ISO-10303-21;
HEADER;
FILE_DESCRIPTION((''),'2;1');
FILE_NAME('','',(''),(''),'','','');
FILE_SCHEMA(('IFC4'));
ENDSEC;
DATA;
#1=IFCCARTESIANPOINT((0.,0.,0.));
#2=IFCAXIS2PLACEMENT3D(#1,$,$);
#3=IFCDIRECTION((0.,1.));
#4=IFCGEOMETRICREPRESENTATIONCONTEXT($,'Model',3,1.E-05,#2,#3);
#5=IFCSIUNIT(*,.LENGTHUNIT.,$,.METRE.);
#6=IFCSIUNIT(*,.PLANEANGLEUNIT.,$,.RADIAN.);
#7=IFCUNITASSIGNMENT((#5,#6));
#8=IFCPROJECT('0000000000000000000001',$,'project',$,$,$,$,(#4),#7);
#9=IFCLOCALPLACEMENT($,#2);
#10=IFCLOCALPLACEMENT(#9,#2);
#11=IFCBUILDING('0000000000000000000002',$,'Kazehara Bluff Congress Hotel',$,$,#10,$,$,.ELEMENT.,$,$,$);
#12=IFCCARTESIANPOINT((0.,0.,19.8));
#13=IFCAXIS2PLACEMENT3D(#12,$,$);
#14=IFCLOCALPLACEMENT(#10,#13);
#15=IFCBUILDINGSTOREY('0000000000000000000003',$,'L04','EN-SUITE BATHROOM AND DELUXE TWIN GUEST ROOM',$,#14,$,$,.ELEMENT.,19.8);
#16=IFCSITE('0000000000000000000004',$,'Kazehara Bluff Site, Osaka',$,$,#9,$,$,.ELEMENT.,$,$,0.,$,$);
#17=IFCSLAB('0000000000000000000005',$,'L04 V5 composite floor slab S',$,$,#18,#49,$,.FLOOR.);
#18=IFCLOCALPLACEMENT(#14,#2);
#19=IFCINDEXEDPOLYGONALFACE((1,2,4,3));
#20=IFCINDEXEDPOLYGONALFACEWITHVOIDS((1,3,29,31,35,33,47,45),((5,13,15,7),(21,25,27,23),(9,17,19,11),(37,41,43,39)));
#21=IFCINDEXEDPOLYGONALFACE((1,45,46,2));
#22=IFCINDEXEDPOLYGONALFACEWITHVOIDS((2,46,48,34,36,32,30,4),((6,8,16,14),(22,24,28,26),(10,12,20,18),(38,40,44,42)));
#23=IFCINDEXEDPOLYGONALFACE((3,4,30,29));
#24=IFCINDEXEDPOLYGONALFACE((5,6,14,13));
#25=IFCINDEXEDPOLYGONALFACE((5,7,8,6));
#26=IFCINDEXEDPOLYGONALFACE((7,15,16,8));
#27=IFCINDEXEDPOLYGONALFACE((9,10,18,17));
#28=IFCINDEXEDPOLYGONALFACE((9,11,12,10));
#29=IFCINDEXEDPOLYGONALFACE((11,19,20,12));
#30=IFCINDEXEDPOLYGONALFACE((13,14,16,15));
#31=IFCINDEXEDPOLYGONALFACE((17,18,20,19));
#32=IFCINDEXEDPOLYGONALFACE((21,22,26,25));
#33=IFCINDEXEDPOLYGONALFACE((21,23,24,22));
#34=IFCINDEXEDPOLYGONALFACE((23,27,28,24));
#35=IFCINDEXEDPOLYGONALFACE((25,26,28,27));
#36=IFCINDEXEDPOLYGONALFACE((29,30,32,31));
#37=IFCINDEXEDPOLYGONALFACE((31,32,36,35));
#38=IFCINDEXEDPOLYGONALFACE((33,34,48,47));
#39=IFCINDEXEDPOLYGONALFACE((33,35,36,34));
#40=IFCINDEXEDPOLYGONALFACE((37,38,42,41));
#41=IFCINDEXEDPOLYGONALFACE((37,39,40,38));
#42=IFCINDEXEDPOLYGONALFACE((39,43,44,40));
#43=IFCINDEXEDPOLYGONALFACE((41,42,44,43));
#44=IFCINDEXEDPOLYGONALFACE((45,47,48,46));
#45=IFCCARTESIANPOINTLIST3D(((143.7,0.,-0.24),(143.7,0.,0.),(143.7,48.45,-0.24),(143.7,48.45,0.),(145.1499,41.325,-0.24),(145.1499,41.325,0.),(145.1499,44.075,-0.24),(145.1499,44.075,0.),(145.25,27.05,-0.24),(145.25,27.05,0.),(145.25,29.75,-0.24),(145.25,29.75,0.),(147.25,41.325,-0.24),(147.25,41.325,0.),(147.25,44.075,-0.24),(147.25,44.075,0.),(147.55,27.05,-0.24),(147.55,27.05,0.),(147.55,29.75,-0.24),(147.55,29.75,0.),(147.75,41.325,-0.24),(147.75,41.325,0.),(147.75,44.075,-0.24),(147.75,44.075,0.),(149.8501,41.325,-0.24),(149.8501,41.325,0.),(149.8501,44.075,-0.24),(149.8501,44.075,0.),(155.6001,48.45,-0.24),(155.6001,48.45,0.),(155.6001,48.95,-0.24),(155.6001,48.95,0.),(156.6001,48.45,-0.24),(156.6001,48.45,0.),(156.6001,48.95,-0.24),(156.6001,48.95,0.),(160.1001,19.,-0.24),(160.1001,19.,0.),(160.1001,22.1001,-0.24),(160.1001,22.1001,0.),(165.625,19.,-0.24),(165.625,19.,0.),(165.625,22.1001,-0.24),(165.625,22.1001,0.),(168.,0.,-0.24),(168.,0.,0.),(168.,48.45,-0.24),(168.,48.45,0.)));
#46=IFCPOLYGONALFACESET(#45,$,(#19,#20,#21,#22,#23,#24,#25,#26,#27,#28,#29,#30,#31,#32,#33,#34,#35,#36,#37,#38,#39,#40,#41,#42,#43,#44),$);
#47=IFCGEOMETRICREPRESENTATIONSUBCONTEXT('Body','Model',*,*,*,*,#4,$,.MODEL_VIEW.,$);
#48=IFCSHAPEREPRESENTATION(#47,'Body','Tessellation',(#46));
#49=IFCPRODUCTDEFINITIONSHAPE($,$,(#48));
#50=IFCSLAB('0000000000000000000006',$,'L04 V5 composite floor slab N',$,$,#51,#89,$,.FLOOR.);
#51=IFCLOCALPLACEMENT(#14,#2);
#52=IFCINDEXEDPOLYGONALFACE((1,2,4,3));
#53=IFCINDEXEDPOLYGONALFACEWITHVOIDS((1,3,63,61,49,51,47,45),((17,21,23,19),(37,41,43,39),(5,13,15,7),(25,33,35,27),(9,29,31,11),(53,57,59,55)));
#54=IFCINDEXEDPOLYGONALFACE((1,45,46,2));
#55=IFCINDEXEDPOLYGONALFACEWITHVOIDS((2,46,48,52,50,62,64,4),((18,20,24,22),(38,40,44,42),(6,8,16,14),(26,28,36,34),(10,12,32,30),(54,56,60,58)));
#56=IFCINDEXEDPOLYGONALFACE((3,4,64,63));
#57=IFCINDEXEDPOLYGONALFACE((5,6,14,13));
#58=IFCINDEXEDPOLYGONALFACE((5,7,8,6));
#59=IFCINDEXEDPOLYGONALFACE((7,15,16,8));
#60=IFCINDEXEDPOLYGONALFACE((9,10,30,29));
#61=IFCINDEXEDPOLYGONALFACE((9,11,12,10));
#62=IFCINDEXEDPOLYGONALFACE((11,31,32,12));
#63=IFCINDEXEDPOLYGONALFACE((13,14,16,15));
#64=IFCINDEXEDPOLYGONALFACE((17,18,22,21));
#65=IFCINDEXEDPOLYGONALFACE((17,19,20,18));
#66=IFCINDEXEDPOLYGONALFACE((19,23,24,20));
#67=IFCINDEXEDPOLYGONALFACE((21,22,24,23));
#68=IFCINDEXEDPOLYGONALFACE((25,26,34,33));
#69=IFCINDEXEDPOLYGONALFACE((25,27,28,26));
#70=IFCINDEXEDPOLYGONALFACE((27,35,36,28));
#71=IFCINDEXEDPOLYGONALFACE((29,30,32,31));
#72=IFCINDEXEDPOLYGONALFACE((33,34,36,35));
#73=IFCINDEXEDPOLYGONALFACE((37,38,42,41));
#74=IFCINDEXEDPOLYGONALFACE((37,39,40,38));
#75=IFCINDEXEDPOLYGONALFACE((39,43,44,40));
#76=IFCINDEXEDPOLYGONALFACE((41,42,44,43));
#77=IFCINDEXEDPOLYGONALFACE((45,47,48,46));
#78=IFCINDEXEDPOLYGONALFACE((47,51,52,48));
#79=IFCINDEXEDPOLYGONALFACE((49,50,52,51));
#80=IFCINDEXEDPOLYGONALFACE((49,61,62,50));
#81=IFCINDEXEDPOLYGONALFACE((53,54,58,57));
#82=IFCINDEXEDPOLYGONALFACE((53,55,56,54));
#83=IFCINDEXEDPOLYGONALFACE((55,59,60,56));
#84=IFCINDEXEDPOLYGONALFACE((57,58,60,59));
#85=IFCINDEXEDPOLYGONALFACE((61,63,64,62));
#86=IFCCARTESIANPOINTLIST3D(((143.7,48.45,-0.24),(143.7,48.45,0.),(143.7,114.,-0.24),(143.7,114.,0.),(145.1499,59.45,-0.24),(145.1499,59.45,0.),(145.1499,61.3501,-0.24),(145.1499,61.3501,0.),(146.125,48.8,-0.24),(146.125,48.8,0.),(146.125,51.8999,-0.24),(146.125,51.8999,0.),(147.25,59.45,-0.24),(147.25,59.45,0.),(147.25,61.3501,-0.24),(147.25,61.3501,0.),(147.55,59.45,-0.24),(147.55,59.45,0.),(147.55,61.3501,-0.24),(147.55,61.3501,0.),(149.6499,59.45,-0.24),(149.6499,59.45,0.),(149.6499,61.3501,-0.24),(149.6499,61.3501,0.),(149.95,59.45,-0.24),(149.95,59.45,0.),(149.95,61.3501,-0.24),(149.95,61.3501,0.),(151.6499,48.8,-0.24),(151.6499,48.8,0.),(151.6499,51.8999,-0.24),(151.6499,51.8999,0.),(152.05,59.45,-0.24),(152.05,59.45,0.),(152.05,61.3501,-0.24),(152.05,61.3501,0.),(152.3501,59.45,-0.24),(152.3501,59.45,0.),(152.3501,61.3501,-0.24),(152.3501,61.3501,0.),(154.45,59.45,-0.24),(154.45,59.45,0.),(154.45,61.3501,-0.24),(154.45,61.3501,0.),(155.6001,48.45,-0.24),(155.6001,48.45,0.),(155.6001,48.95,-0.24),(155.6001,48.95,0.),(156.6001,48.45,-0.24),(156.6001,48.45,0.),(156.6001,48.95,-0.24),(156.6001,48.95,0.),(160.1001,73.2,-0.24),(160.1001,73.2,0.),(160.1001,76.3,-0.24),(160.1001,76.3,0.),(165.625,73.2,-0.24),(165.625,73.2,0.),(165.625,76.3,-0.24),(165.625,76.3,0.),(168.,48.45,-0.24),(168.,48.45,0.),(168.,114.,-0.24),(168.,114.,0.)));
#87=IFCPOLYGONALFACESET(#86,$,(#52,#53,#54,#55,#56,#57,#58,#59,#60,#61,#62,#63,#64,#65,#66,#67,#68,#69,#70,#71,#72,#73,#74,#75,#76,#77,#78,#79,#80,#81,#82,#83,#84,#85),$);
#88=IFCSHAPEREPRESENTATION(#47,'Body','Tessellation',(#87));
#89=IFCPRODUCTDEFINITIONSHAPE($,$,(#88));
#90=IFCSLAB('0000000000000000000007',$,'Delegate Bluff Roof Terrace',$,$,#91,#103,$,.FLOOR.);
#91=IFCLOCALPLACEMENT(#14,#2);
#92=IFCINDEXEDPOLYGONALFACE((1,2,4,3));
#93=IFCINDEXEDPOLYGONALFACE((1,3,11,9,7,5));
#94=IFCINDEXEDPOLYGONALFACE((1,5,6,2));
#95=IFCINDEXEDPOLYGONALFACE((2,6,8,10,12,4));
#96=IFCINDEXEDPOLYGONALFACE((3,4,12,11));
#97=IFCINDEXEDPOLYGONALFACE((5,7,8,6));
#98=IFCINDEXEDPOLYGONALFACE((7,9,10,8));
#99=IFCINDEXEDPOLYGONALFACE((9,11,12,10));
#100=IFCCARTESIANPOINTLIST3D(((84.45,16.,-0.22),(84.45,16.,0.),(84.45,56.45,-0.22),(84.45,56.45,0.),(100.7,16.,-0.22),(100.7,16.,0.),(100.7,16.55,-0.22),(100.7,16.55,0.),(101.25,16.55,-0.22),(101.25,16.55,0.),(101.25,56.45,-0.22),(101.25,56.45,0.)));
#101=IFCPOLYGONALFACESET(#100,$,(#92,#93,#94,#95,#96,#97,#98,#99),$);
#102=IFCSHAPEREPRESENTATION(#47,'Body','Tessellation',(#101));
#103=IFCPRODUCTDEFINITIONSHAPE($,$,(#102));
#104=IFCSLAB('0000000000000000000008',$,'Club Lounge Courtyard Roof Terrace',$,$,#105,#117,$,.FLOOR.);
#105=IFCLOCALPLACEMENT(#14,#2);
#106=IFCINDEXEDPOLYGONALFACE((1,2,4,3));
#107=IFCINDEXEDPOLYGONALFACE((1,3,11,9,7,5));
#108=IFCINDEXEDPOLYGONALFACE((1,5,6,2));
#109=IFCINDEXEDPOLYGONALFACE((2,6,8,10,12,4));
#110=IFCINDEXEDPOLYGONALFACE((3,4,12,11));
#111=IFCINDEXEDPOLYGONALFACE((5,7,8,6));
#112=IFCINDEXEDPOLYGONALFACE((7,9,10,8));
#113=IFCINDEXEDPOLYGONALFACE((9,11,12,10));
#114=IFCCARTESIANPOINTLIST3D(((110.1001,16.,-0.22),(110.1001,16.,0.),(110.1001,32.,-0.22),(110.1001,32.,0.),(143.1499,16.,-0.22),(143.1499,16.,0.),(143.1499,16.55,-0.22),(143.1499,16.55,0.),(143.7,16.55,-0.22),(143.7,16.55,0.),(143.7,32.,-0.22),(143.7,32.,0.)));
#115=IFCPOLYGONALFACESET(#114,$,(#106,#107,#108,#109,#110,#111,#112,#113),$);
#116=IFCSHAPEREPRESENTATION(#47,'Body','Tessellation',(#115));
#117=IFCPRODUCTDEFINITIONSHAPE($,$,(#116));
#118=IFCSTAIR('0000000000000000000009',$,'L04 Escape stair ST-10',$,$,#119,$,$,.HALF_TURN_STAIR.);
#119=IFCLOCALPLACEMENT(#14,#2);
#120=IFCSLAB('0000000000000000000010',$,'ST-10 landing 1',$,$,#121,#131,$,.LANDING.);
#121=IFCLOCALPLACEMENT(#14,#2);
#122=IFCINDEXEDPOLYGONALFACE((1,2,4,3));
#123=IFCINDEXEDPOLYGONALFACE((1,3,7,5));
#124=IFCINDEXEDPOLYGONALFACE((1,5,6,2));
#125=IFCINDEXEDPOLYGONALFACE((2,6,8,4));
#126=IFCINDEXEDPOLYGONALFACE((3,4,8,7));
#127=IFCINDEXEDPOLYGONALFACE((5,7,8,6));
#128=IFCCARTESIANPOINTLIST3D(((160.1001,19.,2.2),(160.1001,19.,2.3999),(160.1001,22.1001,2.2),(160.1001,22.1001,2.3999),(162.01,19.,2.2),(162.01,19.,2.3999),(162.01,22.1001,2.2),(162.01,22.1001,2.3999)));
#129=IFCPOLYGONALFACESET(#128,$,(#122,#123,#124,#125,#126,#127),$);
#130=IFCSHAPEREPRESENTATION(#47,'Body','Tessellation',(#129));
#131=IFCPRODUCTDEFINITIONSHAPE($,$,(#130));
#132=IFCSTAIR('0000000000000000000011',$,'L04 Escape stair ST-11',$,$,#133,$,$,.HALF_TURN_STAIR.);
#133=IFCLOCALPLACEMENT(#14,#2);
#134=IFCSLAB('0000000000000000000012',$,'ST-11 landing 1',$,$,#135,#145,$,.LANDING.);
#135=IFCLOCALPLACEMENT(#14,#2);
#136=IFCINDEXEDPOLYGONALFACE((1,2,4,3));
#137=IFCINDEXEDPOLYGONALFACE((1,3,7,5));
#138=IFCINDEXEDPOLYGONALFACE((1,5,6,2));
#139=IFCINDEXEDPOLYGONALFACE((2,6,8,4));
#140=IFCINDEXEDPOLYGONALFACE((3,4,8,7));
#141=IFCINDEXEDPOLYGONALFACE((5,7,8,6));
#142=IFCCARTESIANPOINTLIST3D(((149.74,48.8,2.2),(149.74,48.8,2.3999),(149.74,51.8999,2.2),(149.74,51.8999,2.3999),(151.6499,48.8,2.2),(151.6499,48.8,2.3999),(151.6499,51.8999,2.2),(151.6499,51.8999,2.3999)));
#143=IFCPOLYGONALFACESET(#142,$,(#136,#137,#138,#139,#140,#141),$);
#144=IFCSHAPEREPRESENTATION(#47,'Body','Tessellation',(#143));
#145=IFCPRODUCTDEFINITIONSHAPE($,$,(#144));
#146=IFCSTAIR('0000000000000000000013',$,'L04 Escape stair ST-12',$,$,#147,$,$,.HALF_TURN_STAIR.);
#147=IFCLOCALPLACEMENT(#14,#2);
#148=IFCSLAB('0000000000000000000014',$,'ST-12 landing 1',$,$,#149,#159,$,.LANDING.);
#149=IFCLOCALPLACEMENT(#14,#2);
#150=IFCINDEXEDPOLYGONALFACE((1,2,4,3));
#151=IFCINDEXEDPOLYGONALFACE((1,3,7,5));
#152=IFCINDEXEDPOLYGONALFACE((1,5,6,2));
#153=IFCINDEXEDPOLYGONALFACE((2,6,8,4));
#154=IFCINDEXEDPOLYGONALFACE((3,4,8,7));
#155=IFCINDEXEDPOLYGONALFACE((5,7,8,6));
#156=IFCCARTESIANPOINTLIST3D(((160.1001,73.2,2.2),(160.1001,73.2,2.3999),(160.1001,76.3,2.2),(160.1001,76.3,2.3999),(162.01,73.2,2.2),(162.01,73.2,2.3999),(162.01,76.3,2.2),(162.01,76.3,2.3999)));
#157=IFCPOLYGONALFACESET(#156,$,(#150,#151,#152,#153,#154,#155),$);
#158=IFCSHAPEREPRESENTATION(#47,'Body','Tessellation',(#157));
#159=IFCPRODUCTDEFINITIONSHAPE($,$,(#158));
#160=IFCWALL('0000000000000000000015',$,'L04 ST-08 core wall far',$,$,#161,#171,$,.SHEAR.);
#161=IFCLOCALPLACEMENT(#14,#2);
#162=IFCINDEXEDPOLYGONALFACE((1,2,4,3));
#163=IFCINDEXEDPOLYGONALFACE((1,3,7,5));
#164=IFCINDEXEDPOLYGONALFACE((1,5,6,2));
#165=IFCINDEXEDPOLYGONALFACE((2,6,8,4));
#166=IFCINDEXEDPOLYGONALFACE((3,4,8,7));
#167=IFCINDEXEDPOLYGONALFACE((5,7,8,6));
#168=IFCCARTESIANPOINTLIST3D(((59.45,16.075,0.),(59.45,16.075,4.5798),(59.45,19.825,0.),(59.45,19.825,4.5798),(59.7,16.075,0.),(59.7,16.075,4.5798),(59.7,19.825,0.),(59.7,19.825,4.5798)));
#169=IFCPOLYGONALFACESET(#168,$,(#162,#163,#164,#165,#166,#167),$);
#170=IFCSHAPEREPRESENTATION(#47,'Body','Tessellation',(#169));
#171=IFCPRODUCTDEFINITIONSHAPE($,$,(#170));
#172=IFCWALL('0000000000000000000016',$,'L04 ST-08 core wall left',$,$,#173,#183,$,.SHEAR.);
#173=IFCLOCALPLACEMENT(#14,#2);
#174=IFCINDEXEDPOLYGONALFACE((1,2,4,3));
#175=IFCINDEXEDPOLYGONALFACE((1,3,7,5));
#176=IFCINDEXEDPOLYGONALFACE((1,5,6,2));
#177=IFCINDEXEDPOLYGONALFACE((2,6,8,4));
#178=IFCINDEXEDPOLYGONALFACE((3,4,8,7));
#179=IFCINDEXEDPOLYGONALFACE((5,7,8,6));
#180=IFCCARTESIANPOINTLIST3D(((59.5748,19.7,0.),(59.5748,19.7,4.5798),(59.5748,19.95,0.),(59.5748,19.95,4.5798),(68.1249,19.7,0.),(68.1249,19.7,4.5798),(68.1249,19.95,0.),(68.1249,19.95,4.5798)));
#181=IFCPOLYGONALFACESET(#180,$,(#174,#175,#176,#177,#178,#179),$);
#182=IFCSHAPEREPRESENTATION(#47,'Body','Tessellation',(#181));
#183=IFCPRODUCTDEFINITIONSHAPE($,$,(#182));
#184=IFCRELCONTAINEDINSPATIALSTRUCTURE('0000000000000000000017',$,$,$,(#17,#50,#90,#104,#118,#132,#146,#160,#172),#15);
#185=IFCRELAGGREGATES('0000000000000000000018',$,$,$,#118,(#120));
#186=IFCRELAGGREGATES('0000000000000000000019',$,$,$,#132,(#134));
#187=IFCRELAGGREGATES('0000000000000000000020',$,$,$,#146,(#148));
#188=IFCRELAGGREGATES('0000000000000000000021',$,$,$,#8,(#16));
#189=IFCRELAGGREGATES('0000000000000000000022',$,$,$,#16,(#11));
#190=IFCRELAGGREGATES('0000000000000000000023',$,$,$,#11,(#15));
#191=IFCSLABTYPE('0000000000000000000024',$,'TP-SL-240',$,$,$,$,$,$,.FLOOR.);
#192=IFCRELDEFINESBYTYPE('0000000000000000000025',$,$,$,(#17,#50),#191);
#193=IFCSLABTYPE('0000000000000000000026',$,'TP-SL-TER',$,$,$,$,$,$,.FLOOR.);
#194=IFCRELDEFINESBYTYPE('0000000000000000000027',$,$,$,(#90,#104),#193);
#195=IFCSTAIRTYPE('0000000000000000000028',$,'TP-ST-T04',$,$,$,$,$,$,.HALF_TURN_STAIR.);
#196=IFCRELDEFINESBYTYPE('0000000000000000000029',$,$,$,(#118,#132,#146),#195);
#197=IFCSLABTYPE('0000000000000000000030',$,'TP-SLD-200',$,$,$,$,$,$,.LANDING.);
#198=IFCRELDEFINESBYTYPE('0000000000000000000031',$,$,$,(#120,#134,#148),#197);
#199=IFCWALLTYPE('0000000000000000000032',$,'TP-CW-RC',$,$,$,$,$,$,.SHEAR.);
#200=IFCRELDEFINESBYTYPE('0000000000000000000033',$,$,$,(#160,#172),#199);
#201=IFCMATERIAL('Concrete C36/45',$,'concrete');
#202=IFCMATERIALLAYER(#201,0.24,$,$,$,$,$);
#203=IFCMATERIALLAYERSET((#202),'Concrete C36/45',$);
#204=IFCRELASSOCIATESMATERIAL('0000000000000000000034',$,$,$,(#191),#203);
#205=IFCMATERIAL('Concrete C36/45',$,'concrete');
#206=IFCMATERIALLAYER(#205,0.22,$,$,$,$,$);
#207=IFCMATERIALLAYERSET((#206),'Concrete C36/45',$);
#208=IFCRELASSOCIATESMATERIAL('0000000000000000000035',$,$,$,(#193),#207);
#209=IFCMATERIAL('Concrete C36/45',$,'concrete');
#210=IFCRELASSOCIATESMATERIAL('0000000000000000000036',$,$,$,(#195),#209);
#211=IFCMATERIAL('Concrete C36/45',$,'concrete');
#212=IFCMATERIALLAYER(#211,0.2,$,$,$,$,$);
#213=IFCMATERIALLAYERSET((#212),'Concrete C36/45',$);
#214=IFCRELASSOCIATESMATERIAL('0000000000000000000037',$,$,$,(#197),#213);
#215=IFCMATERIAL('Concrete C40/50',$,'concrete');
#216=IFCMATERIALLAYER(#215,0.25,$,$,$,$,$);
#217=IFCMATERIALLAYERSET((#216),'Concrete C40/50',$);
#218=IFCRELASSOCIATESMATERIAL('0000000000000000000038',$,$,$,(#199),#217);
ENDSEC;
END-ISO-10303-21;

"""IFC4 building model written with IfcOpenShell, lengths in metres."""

from ifc_helpers import new_model, si_unit, direction, frame, frame_2d, origin, place, context, subcontext, project, spatial, polyline, rectangle, outline, extrude, material, layer, layer_set, type_object, element, aggregate, save


model = new_model("IFC4")

# Units and contexts
model_context = context("Model", 3, precision=1e-05, world=origin(), true_north=direction((0.0, 1.0)))
body_context = subcontext(model_context, "Body", "Model", "MODEL_VIEW")
ifc_project = project(units=[si_unit("LENGTHUNIT", "METRE"), si_unit("PLANEANGLEUNIT", "RADIAN")], contexts=[model_context])

# Site, building, storey
site_placement = place(None, origin())
site = spatial("IfcSite", under=ifc_project, at=site_placement, Name="Kazehara Bluff Site, Osaka", CompositionType="ELEMENT", RefElevation=0.0)
building_placement = place(site_placement, origin())
building = spatial("IfcBuilding", under=site, at=building_placement, Name="Kazehara Bluff Congress Hotel", CompositionType="ELEMENT")
storey_placement = place(building_placement, frame((0.0, 0.0, 19.8)))
storey = spatial("IfcBuildingStorey", under=building, at=storey_placement, Name="L04", Description="EN-SUITE BATHROOM AND DELUXE TWIN GUEST ROOM", CompositionType="ELEMENT", Elevation=19.8)

# Slabs
ifc_material_1 = material(Name="Concrete C36/45", Category="concrete")
ifc_layer_1 = layer(ifc_material_1, 0.24)
ifc_layer_set_1 = layer_set([ifc_layer_1], Name="Concrete C36/45")
slab_type_1 = type_object("IfcSlabType", Name="TP-SL-240", PredefinedType="FLOOR", material=ifc_layer_set_1)
slab_1_placement = place(storey_placement, frame((0.0, 0.0, -0.24)))
element("IfcSlab", 1, at=slab_1_placement, inside=storey, type_object=slab_type_1, Name="L04 V5 composite floor slab S", PredefinedType="FLOOR", context=body_context, shape_type="SweptSolid", body=[
    extrude(outline(polyline([(143.7, 0.0), (143.7, 48.45), (155.6001, 48.45), (155.6001, 48.95), (156.6001, 48.95), (156.6001, 48.45), (168.0, 48.45), (168.0, 0.0), (143.7, 0.0)]), holes=[polyline([(165.625, 22.1001), (160.1001, 22.1001), (160.1001, 19.0), (165.625, 19.0), (165.625, 22.1001)]), polyline([(145.1499, 41.325), (147.25, 41.325), (147.25, 44.075), (145.1499, 44.075), (145.1499, 41.325)]), polyline([(147.75, 41.325), (149.8501, 41.325), (149.8501, 44.075), (147.75, 44.075), (147.75, 41.325)]), polyline([(145.25, 27.05), (147.55, 27.05), (147.55, 29.75), (145.25, 29.75), (145.25, 27.05)])]), origin(), (0.0, 0.0, 1.0), 0.24),
])
slab_2_placement = place(storey_placement, frame((0.0, 0.0, -0.24)))
element("IfcSlab", 2, at=slab_2_placement, inside=storey, type_object=slab_type_1, Name="L04 V5 composite floor slab N", PredefinedType="FLOOR", context=body_context, shape_type="SweptSolid", body=[
    extrude(outline(polyline([(168.0, 114.0), (168.0, 48.45), (156.6001, 48.45), (156.6001, 48.95), (155.6001, 48.95), (155.6001, 48.45), (143.7, 48.45), (143.7, 114.0), (168.0, 114.0)]), holes=[polyline([(146.125, 48.8), (151.6499, 48.8), (151.6499, 51.8999), (146.125, 51.8999), (146.125, 48.8)]), polyline([(165.625, 76.3), (160.1001, 76.3), (160.1001, 73.2), (165.625, 73.2), (165.625, 76.3)]), polyline([(145.1499, 59.45), (147.25, 59.45), (147.25, 61.3501), (145.1499, 61.3501), (145.1499, 59.45)]), polyline([(147.55, 59.45), (149.6499, 59.45), (149.6499, 61.3501), (147.55, 61.3501), (147.55, 59.45)]), polyline([(149.95, 59.45), (152.05, 59.45), (152.05, 61.3501), (149.95, 61.3501), (149.95, 59.45)]), polyline([(152.3501, 59.45), (154.45, 59.45), (154.45, 61.3501), (152.3501, 61.3501), (152.3501, 59.45)])]), origin(), (0.0, 0.0, 1.0), 0.24),
])
ifc_material_2 = material(Name="Concrete C36/45", Category="concrete")
ifc_layer_2 = layer(ifc_material_2, 0.22)
ifc_layer_set_2 = layer_set([ifc_layer_2], Name="Concrete C36/45")
slab_type_2 = type_object("IfcSlabType", Name="TP-SL-TER", PredefinedType="FLOOR", material=ifc_layer_set_2)
slab_3_placement = place(storey_placement, frame((0.0, 0.0, -0.22)))
element("IfcSlab", 3, at=slab_3_placement, inside=storey, type_object=slab_type_2, Name="Delegate Bluff Roof Terrace", PredefinedType="FLOOR", context=body_context, shape_type="SweptSolid", body=[
    extrude(outline(polyline([(84.45, 16.0), (100.7, 16.0), (100.7, 16.55), (101.25, 16.55), (101.25, 56.45), (84.45, 56.45), (84.45, 16.0)])), origin(), (0.0, 0.0, 1.0), 0.22),
])
slab_4_placement = place(storey_placement, frame((0.0, 0.0, -0.22)))
element("IfcSlab", 4, at=slab_4_placement, inside=storey, type_object=slab_type_2, Name="Club Lounge Courtyard Roof Terrace", PredefinedType="FLOOR", context=body_context, shape_type="SweptSolid", body=[
    extrude(outline(polyline([(110.1001, 16.0), (143.1499, 16.0), (143.1499, 16.55), (143.7, 16.55), (143.7, 32.0), (110.1001, 32.0), (110.1001, 16.0)])), origin(), (0.0, 0.0, 1.0), 0.22),
])

# Stairs, slabs
ifc_material_3 = material(Name="Concrete C36/45", Category="concrete")
stair_type = type_object("IfcStairType", Name="TP-ST-T04", PredefinedType="HALF_TURN_STAIR", material=ifc_material_3)
stair_1_placement = place(storey_placement, origin())
stair_1 = element("IfcStair", 5, at=stair_1_placement, inside=storey, type_object=stair_type, Name="L04 Escape stair ST-10", PredefinedType="HALF_TURN_STAIR")
ifc_material_4 = material(Name="Concrete C36/45", Category="concrete")
ifc_layer_3 = layer(ifc_material_4, 0.2)
ifc_layer_set_3 = layer_set([ifc_layer_3], Name="Concrete C36/45")
slab_type_3 = type_object("IfcSlabType", Name="TP-SLD-200", PredefinedType="LANDING", material=ifc_layer_set_3)
slab_5_placement = place(storey_placement, frame((0.0, 0.0, 2.2)))
slab_5 = element("IfcSlab", 6, at=slab_5_placement, type_object=slab_type_3, Name="ST-10 landing 1", PredefinedType="LANDING", context=body_context, shape_type="SweptSolid", body=[
    extrude(outline(polyline([(162.01, 22.1001), (160.1001, 22.1001), (160.1001, 19.0), (162.01, 19.0), (162.01, 22.1001)])), origin(), (0.0, 0.0, 1.0), 0.2),
])
aggregate(stair_1, [slab_5])
stair_2_placement = place(storey_placement, origin())
stair_2 = element("IfcStair", 7, at=stair_2_placement, inside=storey, type_object=stair_type, Name="L04 Escape stair ST-11", PredefinedType="HALF_TURN_STAIR")
slab_6_placement = place(storey_placement, frame((0.0, 0.0, 2.2)))
slab_6 = element("IfcSlab", 8, at=slab_6_placement, type_object=slab_type_3, Name="ST-11 landing 1", PredefinedType="LANDING", context=body_context, shape_type="SweptSolid", body=[
    extrude(outline(polyline([(149.74, 48.8), (151.6499, 48.8), (151.6499, 51.8999), (149.74, 51.8999), (149.74, 48.8)])), origin(), (0.0, 0.0, 1.0), 0.2),
])
aggregate(stair_2, [slab_6])
stair_3_placement = place(storey_placement, origin())
stair_3 = element("IfcStair", 9, at=stair_3_placement, inside=storey, type_object=stair_type, Name="L04 Escape stair ST-12", PredefinedType="HALF_TURN_STAIR")
slab_7_placement = place(storey_placement, frame((0.0, 0.0, 2.2)))
slab_7 = element("IfcSlab", 10, at=slab_7_placement, type_object=slab_type_3, Name="ST-12 landing 1", PredefinedType="LANDING", context=body_context, shape_type="SweptSolid", body=[
    extrude(outline(polyline([(162.01, 76.3), (160.1001, 76.3), (160.1001, 73.2), (162.01, 73.2), (162.01, 76.3)])), origin(), (0.0, 0.0, 1.0), 0.2),
])
aggregate(stair_3, [slab_7])

# Walls
ifc_material_5 = material(Name="Concrete C40/50", Category="concrete")
ifc_layer_4 = layer(ifc_material_5, 0.25)
ifc_layer_set_4 = layer_set([ifc_layer_4], Name="Concrete C40/50")
wall_type_1 = type_object("IfcWallType", Name="TP-CW-RC", PredefinedType="SHEAR", material=ifc_layer_set_4)
wall_1_placement = place(storey_placement, frame((59.575, 16.075, 0.0), z_axis=(0.0, 0.0, 1.0), x_axis=(0.0, 1.0, 0.0)))
element("IfcWall", 11, at=wall_1_placement, inside=storey, type_object=wall_type_1, Name="L04 ST-08 core wall far", PredefinedType="SHEAR", context=body_context, shape_type="SweptSolid", body=[
    extrude(rectangle(XDim=3.75, YDim=0.25, at=frame_2d((1.875, 0.0))), origin(), (0.0, 0.0, 1.0), 4.5798),
])
wall_2_placement = place(storey_placement, frame((59.575, 19.825, 0.0), z_axis=(0.0, 0.0, 1.0), x_axis=(1.0, 0.0, 0.0)))
element("IfcWall", 12, at=wall_2_placement, inside=storey, type_object=wall_type_1, Name="L04 ST-08 core wall left", PredefinedType="SHEAR", context=body_context, shape_type="SweptSolid", body=[
    extrude(rectangle(XDim=8.55, YDim=0.25, at=frame_2d((4.2749, 0.0))), origin(), (0.0, 0.0, 1.0), 4.5798),
])

save(model, "model.ifc")
